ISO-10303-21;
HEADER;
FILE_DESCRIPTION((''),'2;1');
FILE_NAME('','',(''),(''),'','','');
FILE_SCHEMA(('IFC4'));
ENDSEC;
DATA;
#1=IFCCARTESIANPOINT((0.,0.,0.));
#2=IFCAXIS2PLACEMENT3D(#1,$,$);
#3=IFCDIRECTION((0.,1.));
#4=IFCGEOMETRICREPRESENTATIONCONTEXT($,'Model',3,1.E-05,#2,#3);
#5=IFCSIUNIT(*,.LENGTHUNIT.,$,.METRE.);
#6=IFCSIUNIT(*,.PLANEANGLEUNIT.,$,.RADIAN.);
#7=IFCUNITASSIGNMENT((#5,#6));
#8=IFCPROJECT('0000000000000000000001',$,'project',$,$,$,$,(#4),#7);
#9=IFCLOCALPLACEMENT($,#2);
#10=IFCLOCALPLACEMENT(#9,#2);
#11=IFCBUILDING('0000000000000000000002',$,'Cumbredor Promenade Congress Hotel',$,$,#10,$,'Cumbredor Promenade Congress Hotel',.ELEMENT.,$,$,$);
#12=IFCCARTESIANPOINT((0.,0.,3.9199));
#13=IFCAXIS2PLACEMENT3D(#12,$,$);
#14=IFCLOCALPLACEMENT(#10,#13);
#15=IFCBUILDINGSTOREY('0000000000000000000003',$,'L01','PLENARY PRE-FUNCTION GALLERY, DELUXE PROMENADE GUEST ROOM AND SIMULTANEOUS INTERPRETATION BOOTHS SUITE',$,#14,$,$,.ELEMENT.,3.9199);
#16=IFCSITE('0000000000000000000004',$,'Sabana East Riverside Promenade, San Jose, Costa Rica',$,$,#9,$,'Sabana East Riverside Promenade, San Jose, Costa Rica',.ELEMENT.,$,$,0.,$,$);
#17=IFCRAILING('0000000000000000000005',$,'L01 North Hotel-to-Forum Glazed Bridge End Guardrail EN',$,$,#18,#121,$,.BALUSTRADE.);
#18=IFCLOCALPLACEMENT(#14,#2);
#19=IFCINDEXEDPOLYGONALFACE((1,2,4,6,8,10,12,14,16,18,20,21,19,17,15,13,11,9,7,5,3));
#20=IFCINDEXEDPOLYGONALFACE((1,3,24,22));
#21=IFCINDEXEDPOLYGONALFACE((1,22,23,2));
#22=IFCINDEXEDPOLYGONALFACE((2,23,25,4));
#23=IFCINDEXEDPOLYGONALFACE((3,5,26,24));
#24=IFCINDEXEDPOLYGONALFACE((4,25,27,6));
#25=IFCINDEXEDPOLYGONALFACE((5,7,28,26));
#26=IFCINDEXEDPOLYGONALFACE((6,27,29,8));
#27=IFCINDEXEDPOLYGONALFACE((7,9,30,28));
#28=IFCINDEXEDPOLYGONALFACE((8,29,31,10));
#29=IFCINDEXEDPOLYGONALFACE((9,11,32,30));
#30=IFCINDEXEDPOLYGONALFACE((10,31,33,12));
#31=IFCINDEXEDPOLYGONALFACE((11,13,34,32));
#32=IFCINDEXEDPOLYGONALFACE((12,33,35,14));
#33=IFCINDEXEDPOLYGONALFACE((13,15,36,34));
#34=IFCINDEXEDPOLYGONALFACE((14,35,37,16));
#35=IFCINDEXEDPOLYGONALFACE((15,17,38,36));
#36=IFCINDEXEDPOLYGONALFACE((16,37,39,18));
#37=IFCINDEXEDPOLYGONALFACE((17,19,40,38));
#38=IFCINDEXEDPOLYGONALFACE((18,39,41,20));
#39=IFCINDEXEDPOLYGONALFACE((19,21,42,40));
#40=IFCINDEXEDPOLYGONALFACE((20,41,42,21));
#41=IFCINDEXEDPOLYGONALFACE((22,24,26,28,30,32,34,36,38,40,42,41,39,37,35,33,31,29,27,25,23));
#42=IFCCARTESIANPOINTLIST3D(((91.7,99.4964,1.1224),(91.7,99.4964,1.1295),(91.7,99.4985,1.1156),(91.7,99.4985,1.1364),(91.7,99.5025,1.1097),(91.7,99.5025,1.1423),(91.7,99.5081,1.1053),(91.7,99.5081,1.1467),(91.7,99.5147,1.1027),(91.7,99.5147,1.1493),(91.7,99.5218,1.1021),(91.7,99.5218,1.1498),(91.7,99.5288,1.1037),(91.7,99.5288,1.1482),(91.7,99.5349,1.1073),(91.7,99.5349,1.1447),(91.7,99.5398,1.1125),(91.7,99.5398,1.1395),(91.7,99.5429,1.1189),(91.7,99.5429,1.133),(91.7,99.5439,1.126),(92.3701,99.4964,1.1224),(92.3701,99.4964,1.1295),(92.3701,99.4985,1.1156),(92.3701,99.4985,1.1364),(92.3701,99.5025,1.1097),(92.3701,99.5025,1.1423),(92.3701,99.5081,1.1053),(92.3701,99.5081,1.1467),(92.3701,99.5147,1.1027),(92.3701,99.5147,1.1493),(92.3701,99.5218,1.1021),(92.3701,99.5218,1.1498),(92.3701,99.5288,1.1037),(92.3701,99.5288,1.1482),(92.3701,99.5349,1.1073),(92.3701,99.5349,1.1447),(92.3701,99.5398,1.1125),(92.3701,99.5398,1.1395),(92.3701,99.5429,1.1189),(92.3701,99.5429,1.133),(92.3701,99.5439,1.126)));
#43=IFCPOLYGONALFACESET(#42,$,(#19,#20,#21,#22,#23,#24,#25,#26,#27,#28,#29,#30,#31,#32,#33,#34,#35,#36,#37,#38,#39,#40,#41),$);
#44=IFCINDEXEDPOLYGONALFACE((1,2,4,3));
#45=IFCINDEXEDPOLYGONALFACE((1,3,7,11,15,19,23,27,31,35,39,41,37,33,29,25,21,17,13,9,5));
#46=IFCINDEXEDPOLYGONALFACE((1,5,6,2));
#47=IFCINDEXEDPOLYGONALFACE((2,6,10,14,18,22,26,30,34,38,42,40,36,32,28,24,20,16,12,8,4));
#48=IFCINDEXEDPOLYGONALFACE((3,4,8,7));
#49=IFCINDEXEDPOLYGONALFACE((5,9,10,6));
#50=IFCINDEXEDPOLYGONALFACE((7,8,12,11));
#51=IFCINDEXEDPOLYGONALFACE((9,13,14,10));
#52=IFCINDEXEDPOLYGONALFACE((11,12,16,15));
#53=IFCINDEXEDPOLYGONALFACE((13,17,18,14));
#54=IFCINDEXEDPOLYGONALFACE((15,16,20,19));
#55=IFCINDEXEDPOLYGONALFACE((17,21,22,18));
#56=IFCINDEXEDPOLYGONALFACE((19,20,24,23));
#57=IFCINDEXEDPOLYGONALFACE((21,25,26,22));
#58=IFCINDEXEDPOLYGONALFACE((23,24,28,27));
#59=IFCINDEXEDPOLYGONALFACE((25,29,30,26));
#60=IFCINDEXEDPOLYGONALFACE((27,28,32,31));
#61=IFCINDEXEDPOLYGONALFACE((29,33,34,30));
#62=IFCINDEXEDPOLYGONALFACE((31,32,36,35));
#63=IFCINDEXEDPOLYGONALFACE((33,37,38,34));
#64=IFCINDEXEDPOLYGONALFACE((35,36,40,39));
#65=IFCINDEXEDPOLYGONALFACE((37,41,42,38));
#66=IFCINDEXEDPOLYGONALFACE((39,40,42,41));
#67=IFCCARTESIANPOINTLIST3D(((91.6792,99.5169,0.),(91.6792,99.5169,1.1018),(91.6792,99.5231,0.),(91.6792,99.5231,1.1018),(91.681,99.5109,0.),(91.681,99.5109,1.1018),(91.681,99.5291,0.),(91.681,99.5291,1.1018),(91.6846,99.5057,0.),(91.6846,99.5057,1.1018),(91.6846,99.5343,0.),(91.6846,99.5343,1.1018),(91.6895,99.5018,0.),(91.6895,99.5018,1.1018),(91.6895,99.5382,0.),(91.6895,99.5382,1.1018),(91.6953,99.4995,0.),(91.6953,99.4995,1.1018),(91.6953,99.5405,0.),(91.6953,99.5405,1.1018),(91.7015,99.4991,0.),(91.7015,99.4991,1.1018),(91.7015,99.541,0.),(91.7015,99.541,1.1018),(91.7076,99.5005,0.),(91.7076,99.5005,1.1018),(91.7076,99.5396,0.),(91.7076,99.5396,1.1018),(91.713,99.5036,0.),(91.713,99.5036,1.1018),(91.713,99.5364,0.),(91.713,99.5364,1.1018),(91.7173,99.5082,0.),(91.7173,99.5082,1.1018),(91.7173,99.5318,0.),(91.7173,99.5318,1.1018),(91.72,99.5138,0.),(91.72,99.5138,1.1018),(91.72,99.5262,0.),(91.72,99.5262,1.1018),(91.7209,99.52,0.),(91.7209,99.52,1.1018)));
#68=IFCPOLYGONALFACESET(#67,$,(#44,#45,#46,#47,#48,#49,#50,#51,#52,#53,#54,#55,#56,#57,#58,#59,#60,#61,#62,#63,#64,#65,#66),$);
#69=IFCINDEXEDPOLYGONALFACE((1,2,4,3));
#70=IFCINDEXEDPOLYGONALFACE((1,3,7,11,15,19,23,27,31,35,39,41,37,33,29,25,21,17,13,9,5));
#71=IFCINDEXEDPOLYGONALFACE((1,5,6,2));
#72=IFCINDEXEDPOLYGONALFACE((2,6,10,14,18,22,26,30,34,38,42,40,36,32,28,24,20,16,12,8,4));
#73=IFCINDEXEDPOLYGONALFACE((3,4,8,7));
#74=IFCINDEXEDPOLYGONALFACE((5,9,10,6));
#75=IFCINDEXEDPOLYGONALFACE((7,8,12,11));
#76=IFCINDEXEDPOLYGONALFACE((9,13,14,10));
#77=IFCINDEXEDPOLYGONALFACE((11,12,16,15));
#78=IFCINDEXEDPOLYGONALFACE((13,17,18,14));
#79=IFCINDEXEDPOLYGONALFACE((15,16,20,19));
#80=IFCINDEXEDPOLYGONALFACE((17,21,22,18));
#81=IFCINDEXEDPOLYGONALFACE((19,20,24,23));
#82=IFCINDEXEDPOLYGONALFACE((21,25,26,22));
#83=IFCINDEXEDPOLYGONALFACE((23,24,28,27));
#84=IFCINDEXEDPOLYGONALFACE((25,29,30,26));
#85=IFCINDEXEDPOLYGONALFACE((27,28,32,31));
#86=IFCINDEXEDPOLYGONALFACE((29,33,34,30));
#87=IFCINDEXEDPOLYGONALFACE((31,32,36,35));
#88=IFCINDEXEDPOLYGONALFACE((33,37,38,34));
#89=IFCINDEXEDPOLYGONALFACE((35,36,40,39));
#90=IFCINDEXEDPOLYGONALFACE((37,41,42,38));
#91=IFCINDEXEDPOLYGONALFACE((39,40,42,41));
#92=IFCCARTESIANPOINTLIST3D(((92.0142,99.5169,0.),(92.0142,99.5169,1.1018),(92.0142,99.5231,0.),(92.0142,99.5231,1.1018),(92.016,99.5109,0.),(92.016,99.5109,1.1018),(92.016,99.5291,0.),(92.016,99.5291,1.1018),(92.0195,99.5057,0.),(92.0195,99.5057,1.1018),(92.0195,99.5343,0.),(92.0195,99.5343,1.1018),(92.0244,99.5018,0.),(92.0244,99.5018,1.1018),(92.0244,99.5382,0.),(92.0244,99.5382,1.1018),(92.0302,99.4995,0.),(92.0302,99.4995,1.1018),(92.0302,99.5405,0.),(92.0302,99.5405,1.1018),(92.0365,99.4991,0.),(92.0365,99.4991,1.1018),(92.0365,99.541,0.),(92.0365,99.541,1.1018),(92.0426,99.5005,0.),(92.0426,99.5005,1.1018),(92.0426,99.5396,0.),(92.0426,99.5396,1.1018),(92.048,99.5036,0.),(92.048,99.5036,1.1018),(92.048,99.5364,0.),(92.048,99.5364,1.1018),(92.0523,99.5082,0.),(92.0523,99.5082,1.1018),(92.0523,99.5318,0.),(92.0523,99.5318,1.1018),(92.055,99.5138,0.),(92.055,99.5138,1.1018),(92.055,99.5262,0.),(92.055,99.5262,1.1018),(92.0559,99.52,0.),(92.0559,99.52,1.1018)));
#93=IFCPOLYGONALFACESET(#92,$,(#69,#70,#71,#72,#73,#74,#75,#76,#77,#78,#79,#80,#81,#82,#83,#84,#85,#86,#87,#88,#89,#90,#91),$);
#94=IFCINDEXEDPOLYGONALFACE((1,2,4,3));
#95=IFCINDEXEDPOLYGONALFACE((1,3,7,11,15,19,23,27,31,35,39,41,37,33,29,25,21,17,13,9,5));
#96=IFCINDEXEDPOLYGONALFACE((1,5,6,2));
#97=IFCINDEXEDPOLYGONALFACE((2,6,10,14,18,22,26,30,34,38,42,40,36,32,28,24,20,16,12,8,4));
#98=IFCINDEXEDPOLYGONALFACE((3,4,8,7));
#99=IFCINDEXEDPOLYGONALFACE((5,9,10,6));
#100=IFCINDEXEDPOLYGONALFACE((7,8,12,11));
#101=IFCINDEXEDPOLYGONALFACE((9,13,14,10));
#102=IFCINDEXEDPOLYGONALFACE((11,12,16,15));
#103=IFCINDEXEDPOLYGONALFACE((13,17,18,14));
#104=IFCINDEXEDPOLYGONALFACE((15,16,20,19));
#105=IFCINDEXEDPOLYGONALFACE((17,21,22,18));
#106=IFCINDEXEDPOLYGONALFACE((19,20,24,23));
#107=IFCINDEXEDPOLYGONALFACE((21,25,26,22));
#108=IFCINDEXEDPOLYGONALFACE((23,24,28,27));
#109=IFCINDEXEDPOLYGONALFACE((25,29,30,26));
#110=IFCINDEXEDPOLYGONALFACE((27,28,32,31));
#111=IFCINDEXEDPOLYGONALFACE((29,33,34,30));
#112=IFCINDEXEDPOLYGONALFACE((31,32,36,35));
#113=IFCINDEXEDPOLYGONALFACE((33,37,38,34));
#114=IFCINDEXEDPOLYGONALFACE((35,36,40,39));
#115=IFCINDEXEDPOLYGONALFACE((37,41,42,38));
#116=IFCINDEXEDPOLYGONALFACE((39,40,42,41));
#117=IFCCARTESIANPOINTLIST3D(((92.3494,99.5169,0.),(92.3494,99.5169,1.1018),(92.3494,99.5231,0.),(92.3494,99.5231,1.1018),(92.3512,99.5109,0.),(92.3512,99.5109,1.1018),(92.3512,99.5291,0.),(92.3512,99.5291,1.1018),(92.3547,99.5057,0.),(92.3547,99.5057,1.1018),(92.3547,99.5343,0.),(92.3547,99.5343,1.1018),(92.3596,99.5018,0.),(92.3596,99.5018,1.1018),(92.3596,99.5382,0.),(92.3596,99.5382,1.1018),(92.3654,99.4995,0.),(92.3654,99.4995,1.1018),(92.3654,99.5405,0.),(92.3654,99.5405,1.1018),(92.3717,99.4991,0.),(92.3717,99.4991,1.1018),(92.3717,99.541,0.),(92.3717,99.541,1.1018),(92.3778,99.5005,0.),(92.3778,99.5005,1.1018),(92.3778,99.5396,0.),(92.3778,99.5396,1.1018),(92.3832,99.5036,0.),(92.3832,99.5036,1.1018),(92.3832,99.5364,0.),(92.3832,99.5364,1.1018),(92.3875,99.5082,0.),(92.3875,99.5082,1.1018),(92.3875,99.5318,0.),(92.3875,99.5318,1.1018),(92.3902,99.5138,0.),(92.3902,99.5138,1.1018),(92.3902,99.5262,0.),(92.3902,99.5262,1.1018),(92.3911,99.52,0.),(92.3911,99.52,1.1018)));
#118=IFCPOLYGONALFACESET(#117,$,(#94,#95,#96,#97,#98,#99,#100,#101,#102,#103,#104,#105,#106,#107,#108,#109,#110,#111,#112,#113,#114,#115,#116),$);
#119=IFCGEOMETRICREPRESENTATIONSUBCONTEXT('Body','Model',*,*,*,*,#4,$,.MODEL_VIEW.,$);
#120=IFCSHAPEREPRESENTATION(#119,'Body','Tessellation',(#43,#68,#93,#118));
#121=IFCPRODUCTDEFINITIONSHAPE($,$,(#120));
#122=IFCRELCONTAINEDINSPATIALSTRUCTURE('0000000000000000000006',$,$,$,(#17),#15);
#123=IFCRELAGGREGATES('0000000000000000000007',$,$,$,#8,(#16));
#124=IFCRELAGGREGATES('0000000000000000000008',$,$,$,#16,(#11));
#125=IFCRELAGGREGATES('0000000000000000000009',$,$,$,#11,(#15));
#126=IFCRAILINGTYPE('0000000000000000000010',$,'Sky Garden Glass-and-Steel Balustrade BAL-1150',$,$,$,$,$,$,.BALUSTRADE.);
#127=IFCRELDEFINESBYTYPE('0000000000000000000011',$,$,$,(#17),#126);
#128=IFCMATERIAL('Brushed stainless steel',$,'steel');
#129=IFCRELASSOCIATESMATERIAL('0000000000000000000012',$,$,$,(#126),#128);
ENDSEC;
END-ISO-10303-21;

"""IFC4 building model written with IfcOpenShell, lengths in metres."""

from ifc_helpers import new_model, si_unit, direction, frame, origin, origin_2d, place, context, subcontext, project, spatial, circle, extrude, material, type_object, element, save


model = new_model("IFC4")

# Units and contexts
model_context = context("Model", 3, precision=1e-05, world=origin(), true_north=direction((0.0, 1.0)))
body_context = subcontext(model_context, "Body", "Model", "MODEL_VIEW")
ifc_project = project(units=[si_unit("LENGTHUNIT", "METRE"), si_unit("PLANEANGLEUNIT", "RADIAN")], contexts=[model_context])

# Site, building, storey
site_placement = place(None, origin())
site = spatial("IfcSite", under=ifc_project, at=site_placement, Name="Sabana East Riverside Promenade, San Jose, Costa Rica", LongName="Sabana East Riverside Promenade, San Jose, Costa Rica", CompositionType="ELEMENT", RefElevation=0.0)
building_placement = place(site_placement, origin())
building = spatial("IfcBuilding", under=site, at=building_placement, Name="Cumbredor Promenade Congress Hotel", LongName="Cumbredor Promenade Congress Hotel", CompositionType="ELEMENT")
storey_placement = place(building_placement, frame((0.0, 0.0, 3.9199)))
storey = spatial("IfcBuildingStorey", under=building, at=storey_placement, Name="L01", Description="PLENARY PRE-FUNCTION GALLERY, DELUXE PROMENADE GUEST ROOM AND SIMULTANEOUS INTERPRETATION BOOTHS SUITE", CompositionType="ELEMENT", Elevation=3.9199)

# Railing
ifc_material_1 = material(Name="Brushed stainless steel", Category="steel")
railing_type = type_object("IfcRailingType", Name="Sky Garden Glass-and-Steel Balustrade BAL-1150", PredefinedType="BALUSTRADE", material=ifc_material_1)
railing_placement = place(storey_placement, frame((91.7, 99.52, 0.0)))
element("IfcRailing", 1, at=railing_placement, inside=storey, type_object=railing_type, Name="L01 North Hotel-to-Forum Glazed Bridge End Guardrail EN", PredefinedType="BALUSTRADE", context=body_context, shape_type="SweptSolid", body=[
    extrude(circle(Radius=0.0239, at=origin_2d()), frame((0.0, 0.0, 1.126), z_axis=(1.0, 0.0, 0.0), x_axis=(0.0, 1.0, 0.0)), (0.0, 0.0, 1.0), 0.6702),
    extrude(circle(Radius=0.021, at=origin_2d()), origin(), (0.0, 0.0, 1.0), 1.1018),
    extrude(circle(Radius=0.021, at=origin_2d()), frame((0.335, 0.0, 0.0)), (0.0, 0.0, 1.0), 1.1018),
    extrude(circle(Radius=0.021, at=origin_2d()), frame((0.6702, 0.0, 0.0)), (0.0, 0.0, 1.0), 1.1018),
])

save(model, "model.ifc")
